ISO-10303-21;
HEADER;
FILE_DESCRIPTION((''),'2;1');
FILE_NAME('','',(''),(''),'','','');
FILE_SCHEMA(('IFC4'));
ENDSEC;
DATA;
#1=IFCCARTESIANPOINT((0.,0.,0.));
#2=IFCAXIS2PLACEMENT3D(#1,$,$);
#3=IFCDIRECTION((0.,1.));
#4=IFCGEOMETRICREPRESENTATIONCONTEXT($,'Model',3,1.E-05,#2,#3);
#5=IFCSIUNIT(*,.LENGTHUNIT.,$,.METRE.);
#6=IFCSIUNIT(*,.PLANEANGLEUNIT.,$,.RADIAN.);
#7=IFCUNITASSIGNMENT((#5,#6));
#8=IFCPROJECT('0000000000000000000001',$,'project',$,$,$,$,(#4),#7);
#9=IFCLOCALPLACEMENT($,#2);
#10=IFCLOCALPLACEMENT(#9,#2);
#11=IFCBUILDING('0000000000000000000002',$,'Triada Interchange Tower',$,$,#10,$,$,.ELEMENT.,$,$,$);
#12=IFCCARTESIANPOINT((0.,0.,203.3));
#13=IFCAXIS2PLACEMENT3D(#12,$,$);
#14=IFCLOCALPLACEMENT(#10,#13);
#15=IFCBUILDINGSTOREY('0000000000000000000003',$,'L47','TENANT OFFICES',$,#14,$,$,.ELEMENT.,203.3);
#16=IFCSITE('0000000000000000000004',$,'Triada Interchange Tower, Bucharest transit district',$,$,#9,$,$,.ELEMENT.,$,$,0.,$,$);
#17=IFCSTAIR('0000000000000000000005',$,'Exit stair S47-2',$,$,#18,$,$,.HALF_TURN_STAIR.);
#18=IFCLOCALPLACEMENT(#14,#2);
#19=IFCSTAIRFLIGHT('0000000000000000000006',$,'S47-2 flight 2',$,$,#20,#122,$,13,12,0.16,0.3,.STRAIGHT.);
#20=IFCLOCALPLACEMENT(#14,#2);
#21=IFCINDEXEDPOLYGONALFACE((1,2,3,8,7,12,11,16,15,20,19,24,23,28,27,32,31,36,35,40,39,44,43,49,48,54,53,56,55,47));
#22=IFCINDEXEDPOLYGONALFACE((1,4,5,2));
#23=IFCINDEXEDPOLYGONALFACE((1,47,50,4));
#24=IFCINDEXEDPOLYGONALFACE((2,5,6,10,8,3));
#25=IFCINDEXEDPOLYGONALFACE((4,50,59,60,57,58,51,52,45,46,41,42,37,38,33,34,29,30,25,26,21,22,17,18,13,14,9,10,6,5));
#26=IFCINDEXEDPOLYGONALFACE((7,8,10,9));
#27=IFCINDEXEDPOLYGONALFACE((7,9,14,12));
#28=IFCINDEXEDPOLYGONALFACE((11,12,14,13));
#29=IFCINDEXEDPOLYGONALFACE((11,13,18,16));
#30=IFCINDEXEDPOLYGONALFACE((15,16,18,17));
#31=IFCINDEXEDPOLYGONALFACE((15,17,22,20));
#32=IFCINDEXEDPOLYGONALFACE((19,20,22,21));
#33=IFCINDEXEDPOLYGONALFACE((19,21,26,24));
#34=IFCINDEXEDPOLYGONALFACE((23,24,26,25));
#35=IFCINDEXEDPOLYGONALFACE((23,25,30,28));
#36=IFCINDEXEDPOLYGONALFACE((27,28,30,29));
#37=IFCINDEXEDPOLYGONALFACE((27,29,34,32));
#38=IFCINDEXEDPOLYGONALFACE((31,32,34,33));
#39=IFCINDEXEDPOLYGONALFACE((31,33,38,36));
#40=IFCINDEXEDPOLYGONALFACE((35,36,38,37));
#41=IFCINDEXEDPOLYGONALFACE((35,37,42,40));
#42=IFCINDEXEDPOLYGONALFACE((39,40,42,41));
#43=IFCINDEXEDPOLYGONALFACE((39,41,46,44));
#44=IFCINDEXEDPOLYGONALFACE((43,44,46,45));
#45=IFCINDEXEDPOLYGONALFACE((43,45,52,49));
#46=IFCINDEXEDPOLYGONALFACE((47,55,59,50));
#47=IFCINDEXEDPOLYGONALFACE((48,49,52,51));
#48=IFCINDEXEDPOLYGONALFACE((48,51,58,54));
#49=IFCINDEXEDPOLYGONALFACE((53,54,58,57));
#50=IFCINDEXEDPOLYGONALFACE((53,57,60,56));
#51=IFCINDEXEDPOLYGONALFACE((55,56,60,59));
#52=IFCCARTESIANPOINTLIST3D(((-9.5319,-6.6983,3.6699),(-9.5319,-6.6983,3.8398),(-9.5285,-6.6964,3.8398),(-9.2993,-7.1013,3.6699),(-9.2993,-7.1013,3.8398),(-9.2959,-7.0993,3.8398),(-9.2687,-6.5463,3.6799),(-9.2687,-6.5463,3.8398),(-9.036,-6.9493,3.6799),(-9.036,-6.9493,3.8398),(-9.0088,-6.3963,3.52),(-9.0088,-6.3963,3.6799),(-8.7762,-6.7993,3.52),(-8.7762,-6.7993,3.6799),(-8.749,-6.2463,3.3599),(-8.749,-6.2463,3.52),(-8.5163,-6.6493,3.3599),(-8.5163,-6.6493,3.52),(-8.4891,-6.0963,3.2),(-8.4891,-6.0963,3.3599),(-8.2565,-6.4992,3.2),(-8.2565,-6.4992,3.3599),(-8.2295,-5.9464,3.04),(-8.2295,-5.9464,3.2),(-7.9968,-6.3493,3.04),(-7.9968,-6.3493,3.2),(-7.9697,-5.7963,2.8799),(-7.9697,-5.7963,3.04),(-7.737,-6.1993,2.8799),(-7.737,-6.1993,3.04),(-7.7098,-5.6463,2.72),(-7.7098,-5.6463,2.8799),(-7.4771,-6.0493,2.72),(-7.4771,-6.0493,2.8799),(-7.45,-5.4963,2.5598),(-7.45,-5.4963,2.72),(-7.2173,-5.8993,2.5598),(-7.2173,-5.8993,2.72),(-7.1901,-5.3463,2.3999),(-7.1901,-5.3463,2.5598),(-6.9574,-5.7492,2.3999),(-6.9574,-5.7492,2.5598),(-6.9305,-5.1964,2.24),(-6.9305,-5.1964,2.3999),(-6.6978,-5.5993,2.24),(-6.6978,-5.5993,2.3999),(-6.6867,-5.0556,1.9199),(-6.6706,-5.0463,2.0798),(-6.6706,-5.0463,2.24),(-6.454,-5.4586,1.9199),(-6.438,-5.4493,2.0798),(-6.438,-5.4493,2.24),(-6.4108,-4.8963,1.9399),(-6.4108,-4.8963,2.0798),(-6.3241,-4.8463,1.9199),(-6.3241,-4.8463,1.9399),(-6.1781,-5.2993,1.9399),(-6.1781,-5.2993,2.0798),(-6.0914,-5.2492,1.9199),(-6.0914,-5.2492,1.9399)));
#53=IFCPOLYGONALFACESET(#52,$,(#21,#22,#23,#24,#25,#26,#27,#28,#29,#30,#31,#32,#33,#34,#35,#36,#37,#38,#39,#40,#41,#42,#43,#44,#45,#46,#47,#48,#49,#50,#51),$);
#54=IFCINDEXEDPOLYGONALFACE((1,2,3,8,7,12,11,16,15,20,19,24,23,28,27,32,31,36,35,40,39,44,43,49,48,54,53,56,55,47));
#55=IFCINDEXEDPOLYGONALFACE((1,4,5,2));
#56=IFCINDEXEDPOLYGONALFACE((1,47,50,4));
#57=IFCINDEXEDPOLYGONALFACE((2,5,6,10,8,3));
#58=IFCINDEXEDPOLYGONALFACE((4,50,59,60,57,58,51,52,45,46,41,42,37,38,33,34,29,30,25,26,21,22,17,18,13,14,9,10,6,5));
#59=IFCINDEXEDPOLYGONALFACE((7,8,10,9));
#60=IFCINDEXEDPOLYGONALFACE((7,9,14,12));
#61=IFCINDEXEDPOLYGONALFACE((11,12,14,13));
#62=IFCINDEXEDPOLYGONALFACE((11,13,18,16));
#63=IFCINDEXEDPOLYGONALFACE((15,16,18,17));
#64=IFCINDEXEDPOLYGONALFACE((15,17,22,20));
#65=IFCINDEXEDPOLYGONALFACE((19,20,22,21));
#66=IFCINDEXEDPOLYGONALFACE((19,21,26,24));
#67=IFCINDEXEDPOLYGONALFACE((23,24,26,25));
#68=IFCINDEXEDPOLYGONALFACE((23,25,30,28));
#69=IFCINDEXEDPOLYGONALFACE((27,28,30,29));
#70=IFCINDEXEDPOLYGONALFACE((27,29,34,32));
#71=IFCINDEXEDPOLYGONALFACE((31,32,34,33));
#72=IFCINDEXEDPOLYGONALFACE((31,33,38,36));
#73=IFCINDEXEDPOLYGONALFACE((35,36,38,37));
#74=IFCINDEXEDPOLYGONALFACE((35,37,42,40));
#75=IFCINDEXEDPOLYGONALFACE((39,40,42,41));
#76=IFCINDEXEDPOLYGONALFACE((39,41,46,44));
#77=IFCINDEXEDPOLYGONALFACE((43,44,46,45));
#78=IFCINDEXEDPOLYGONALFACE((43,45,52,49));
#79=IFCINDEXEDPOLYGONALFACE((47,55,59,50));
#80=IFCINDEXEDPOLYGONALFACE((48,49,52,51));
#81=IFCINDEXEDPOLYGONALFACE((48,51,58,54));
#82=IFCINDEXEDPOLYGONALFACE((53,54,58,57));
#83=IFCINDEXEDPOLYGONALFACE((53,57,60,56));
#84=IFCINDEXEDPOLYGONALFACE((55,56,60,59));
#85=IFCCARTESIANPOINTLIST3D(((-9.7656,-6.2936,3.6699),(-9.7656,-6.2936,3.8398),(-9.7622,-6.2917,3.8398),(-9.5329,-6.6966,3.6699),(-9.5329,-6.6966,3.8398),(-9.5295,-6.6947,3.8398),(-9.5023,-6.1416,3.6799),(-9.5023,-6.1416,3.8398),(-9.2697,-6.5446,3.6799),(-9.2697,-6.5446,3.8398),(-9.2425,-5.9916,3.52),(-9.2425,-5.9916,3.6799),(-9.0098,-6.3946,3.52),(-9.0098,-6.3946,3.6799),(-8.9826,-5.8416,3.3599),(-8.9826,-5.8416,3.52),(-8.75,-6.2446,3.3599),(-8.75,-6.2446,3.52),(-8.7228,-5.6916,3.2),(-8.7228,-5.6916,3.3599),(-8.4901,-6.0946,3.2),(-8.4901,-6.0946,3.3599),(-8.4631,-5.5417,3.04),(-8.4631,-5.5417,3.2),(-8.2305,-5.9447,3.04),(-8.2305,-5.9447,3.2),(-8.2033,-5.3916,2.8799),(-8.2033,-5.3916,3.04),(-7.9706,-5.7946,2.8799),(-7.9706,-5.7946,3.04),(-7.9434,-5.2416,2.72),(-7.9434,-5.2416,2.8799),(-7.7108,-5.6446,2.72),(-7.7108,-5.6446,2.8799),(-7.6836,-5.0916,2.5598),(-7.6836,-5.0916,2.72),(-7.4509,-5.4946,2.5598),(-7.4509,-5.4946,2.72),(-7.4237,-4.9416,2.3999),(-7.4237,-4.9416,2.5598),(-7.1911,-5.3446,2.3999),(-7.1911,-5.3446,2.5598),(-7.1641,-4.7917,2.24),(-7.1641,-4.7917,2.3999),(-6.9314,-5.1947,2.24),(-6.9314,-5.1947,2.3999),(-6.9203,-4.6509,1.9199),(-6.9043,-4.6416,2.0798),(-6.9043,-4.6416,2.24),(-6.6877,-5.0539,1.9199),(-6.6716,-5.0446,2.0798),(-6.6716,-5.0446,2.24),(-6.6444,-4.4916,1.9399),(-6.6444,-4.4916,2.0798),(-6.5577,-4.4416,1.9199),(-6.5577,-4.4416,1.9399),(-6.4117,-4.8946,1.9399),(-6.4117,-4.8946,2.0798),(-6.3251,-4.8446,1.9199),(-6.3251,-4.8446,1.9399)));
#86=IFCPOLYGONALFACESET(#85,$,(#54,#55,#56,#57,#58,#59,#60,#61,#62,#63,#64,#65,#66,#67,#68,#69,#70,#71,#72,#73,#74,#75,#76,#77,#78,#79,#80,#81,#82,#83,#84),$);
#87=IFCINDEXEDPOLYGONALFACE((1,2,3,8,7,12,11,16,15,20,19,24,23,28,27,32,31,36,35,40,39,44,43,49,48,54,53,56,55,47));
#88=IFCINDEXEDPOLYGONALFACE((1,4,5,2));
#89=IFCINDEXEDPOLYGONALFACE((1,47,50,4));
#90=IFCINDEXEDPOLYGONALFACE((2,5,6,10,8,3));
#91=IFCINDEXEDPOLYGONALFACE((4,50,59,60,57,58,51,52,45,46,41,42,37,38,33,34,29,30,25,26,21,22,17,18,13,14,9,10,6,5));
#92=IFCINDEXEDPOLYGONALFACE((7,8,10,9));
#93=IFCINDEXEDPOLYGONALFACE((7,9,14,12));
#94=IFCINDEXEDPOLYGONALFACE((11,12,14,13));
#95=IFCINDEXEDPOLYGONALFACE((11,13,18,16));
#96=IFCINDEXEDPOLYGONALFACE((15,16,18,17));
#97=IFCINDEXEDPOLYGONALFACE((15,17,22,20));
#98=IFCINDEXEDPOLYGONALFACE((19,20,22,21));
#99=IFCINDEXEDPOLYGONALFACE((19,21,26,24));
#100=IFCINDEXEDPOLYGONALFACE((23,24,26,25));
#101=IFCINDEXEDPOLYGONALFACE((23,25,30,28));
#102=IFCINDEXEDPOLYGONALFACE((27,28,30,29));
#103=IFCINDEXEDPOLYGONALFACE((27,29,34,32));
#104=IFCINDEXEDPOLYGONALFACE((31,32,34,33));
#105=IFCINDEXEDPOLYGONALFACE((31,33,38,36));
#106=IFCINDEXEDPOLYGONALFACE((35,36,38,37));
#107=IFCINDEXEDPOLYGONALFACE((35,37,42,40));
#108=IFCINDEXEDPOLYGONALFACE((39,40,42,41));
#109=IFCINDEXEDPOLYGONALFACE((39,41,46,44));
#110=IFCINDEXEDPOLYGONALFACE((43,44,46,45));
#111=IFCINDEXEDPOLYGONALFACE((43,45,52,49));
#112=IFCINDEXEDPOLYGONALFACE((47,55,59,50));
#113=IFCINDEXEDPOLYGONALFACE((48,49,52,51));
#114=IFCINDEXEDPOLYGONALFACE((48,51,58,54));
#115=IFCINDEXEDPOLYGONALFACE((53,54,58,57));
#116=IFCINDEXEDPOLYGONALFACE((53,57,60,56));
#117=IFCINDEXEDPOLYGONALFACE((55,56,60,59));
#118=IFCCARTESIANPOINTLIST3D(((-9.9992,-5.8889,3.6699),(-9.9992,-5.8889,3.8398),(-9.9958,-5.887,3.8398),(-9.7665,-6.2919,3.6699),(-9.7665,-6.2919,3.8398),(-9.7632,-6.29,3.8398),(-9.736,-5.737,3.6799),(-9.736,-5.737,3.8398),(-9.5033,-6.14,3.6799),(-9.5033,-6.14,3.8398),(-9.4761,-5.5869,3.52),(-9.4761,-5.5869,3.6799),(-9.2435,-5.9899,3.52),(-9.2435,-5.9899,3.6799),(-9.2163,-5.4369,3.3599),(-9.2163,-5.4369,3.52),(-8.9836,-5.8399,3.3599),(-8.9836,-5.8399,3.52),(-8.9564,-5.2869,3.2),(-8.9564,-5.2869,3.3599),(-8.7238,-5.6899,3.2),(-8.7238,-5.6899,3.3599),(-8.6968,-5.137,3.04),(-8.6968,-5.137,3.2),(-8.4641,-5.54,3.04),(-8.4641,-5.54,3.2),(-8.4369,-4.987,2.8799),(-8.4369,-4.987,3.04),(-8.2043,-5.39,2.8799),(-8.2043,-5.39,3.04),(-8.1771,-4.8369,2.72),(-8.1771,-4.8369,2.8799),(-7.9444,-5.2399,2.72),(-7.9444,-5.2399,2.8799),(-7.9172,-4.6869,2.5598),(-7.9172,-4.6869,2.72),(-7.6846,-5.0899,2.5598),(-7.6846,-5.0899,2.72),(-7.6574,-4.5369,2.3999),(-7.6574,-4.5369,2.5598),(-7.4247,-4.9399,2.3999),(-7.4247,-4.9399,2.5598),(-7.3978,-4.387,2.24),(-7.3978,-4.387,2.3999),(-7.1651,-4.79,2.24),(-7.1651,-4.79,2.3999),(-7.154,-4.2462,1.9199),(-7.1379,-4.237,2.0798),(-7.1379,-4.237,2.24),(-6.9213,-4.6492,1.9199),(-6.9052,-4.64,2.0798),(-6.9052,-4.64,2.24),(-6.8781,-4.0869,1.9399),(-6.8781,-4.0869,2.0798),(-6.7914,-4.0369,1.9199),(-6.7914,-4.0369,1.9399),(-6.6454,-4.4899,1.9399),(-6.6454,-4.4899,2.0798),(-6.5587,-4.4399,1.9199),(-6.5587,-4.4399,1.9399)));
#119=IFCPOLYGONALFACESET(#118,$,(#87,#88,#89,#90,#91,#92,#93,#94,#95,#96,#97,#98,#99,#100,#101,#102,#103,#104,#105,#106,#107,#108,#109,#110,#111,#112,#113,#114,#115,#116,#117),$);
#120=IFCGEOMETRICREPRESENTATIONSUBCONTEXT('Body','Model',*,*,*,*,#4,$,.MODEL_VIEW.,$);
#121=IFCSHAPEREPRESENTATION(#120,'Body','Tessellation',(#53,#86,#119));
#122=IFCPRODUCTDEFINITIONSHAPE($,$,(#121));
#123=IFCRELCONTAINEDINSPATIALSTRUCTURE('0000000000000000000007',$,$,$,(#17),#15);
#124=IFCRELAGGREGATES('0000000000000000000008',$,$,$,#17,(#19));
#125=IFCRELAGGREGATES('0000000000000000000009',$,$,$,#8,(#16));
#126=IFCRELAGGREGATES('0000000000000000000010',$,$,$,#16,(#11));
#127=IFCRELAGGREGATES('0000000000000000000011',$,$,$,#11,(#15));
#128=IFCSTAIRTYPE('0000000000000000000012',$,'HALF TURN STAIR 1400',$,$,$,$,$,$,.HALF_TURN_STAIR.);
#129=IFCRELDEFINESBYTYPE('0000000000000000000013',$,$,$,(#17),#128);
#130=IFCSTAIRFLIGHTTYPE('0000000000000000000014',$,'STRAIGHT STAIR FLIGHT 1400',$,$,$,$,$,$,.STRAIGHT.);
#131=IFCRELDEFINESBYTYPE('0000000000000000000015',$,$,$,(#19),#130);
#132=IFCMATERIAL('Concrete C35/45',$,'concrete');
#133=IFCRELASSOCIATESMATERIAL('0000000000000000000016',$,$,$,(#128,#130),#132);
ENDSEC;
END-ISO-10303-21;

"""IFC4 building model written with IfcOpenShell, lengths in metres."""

from ifc_helpers import new_model, si_unit, direction, frame, origin, place, context, subcontext, project, spatial, polyline, outline, extrude, material, type_object, element, aggregate, save


model = new_model("IFC4")

# Units and contexts
model_context = context("Model", 3, precision=1e-05, world=origin(), true_north=direction((0.0, 1.0)))
body_context = subcontext(model_context, "Body", "Model", "MODEL_VIEW")
ifc_project = project(units=[si_unit("LENGTHUNIT", "METRE"), si_unit("PLANEANGLEUNIT", "RADIAN")], contexts=[model_context])

# Site, building, storey
site_placement = place(None, origin())
site = spatial("IfcSite", under=ifc_project, at=site_placement, Name="Triada Interchange Tower, Bucharest transit district", CompositionType="ELEMENT", RefElevation=0.0)
building_placement = place(site_placement, origin())
building = spatial("IfcBuilding", under=site, at=building_placement, Name="Triada Interchange Tower", CompositionType="ELEMENT")
storey_placement = place(building_placement, frame((0.0, 0.0, 203.3)))
storey = spatial("IfcBuildingStorey", under=building, at=storey_placement, Name="L47", Description="TENANT OFFICES", CompositionType="ELEMENT", Elevation=203.3)

# Stair, stair flight
ifc_material_1 = material(Name="Concrete C35/45", Category="concrete")
stair_type = type_object("IfcStairType", Name="HALF TURN STAIR 1400", PredefinedType="HALF_TURN_STAIR", material=ifc_material_1)
stair_placement = place(storey_placement, origin())
stair = element("IfcStair", 1, at=stair_placement, inside=storey, type_object=stair_type, Name="Exit stair S47-2", PredefinedType="HALF_TURN_STAIR")
stair_flight_type = type_object("IfcStairFlightType", Name="STRAIGHT STAIR FLIGHT 1400", PredefinedType="STRAIGHT", material=ifc_material_1)
stair_flight_1_placement = place(storey_placement, frame((-6.5281, -4.6931, 1.9199), z_axis=(0.0, 0.0, 1.0), x_axis=(-0.866025, -0.5, 0.0)))
stair_flight_1 = element("IfcStairFlight", 2, at=stair_flight_1_placement, type_object=stair_flight_type, Name="S47-2 flight 2", NumberOfRisers=13, NumberOfTreads=12, PredefinedType="STRAIGHT", RiserHeight=0.16, TreadLength=0.3, context=body_context, shape_type="SweptSolid", body=[
    extrude(outline(polyline([(-0.1001, 0.0), (-0.1001, 0.02), (0.0, 0.02), (0.0, 0.1599), (0.3, 0.1599), (0.3, 0.3201), (0.6001, 0.3201), (0.6001, 0.48), (0.8999, 0.48), (0.8999, 0.6399), (1.2, 0.6399), (1.2, 0.8), (1.5, 0.8), (1.5, 0.96), (1.8, 0.96), (1.8, 1.1201), (2.1001, 1.1201), (2.1001, 1.28), (2.3999, 1.28), (2.3999, 1.4399), (2.7, 1.4399), (2.7, 1.6001), (3.0, 1.6001), (3.0, 1.76), (3.3, 1.76), (3.3, 1.9199), (3.6001, 1.9199), (3.604, 1.9199), (3.604, 2.0801), (3.604, 1.75), (0.3186, 0.0), (-0.1001, 0.0)])), frame((0.0, 0.7, 0.0), z_axis=(0.0, -1.0, 0.0), x_axis=(1.0, 0.0, 0.0)), (0.0, 0.0, 1.0), 0.4653),
    extrude(outline(polyline([(-0.1001, 0.0), (-0.1001, 0.02), (0.0, 0.02), (0.0, 0.1599), (0.3, 0.1599), (0.3, 0.3201), (0.6001, 0.3201), (0.6001, 0.48), (0.8999, 0.48), (0.8999, 0.6399), (1.2, 0.6399), (1.2, 0.8), (1.5, 0.8), (1.5, 0.96), (1.8, 0.96), (1.8, 1.1201), (2.1001, 1.1201), (2.1001, 1.28), (2.3999, 1.28), (2.3999, 1.4399), (2.7, 1.4399), (2.7, 1.6001), (3.0, 1.6001), (3.0, 1.76), (3.3, 1.76), (3.3, 1.9199), (3.6001, 1.9199), (3.604, 1.9199), (3.604, 2.0801), (3.604, 1.75), (0.3186, 0.0), (-0.1001, 0.0)])), frame((0.0, 0.2327, 0.0), z_axis=(0.0, -1.0, 0.0), x_axis=(1.0, 0.0, 0.0)), (0.0, 0.0, 1.0), 0.4653),
    extrude(outline(polyline([(-0.1001, 0.0), (-0.1001, 0.02), (0.0, 0.02), (0.0, 0.1599), (0.3, 0.1599), (0.3, 0.3201), (0.6001, 0.3201), (0.6001, 0.48), (0.8999, 0.48), (0.8999, 0.6399), (1.2, 0.6399), (1.2, 0.8), (1.5, 0.8), (1.5, 0.96), (1.8, 0.96), (1.8, 1.1201), (2.1001, 1.1201), (2.1001, 1.28), (2.3999, 1.28), (2.3999, 1.4399), (2.7, 1.4399), (2.7, 1.6001), (3.0, 1.6001), (3.0, 1.76), (3.3, 1.76), (3.3, 1.9199), (3.6001, 1.9199), (3.604, 1.9199), (3.604, 2.0801), (3.604, 1.75), (0.3186, 0.0), (-0.1001, 0.0)])), frame((0.0, -0.2346, 0.0), z_axis=(0.0, -1.0, 0.0), x_axis=(1.0, 0.0, 0.0)), (0.0, 0.0, 1.0), 0.4653),
])
aggregate(stair, [stair_flight_1])

save(model, "model.ifc")
